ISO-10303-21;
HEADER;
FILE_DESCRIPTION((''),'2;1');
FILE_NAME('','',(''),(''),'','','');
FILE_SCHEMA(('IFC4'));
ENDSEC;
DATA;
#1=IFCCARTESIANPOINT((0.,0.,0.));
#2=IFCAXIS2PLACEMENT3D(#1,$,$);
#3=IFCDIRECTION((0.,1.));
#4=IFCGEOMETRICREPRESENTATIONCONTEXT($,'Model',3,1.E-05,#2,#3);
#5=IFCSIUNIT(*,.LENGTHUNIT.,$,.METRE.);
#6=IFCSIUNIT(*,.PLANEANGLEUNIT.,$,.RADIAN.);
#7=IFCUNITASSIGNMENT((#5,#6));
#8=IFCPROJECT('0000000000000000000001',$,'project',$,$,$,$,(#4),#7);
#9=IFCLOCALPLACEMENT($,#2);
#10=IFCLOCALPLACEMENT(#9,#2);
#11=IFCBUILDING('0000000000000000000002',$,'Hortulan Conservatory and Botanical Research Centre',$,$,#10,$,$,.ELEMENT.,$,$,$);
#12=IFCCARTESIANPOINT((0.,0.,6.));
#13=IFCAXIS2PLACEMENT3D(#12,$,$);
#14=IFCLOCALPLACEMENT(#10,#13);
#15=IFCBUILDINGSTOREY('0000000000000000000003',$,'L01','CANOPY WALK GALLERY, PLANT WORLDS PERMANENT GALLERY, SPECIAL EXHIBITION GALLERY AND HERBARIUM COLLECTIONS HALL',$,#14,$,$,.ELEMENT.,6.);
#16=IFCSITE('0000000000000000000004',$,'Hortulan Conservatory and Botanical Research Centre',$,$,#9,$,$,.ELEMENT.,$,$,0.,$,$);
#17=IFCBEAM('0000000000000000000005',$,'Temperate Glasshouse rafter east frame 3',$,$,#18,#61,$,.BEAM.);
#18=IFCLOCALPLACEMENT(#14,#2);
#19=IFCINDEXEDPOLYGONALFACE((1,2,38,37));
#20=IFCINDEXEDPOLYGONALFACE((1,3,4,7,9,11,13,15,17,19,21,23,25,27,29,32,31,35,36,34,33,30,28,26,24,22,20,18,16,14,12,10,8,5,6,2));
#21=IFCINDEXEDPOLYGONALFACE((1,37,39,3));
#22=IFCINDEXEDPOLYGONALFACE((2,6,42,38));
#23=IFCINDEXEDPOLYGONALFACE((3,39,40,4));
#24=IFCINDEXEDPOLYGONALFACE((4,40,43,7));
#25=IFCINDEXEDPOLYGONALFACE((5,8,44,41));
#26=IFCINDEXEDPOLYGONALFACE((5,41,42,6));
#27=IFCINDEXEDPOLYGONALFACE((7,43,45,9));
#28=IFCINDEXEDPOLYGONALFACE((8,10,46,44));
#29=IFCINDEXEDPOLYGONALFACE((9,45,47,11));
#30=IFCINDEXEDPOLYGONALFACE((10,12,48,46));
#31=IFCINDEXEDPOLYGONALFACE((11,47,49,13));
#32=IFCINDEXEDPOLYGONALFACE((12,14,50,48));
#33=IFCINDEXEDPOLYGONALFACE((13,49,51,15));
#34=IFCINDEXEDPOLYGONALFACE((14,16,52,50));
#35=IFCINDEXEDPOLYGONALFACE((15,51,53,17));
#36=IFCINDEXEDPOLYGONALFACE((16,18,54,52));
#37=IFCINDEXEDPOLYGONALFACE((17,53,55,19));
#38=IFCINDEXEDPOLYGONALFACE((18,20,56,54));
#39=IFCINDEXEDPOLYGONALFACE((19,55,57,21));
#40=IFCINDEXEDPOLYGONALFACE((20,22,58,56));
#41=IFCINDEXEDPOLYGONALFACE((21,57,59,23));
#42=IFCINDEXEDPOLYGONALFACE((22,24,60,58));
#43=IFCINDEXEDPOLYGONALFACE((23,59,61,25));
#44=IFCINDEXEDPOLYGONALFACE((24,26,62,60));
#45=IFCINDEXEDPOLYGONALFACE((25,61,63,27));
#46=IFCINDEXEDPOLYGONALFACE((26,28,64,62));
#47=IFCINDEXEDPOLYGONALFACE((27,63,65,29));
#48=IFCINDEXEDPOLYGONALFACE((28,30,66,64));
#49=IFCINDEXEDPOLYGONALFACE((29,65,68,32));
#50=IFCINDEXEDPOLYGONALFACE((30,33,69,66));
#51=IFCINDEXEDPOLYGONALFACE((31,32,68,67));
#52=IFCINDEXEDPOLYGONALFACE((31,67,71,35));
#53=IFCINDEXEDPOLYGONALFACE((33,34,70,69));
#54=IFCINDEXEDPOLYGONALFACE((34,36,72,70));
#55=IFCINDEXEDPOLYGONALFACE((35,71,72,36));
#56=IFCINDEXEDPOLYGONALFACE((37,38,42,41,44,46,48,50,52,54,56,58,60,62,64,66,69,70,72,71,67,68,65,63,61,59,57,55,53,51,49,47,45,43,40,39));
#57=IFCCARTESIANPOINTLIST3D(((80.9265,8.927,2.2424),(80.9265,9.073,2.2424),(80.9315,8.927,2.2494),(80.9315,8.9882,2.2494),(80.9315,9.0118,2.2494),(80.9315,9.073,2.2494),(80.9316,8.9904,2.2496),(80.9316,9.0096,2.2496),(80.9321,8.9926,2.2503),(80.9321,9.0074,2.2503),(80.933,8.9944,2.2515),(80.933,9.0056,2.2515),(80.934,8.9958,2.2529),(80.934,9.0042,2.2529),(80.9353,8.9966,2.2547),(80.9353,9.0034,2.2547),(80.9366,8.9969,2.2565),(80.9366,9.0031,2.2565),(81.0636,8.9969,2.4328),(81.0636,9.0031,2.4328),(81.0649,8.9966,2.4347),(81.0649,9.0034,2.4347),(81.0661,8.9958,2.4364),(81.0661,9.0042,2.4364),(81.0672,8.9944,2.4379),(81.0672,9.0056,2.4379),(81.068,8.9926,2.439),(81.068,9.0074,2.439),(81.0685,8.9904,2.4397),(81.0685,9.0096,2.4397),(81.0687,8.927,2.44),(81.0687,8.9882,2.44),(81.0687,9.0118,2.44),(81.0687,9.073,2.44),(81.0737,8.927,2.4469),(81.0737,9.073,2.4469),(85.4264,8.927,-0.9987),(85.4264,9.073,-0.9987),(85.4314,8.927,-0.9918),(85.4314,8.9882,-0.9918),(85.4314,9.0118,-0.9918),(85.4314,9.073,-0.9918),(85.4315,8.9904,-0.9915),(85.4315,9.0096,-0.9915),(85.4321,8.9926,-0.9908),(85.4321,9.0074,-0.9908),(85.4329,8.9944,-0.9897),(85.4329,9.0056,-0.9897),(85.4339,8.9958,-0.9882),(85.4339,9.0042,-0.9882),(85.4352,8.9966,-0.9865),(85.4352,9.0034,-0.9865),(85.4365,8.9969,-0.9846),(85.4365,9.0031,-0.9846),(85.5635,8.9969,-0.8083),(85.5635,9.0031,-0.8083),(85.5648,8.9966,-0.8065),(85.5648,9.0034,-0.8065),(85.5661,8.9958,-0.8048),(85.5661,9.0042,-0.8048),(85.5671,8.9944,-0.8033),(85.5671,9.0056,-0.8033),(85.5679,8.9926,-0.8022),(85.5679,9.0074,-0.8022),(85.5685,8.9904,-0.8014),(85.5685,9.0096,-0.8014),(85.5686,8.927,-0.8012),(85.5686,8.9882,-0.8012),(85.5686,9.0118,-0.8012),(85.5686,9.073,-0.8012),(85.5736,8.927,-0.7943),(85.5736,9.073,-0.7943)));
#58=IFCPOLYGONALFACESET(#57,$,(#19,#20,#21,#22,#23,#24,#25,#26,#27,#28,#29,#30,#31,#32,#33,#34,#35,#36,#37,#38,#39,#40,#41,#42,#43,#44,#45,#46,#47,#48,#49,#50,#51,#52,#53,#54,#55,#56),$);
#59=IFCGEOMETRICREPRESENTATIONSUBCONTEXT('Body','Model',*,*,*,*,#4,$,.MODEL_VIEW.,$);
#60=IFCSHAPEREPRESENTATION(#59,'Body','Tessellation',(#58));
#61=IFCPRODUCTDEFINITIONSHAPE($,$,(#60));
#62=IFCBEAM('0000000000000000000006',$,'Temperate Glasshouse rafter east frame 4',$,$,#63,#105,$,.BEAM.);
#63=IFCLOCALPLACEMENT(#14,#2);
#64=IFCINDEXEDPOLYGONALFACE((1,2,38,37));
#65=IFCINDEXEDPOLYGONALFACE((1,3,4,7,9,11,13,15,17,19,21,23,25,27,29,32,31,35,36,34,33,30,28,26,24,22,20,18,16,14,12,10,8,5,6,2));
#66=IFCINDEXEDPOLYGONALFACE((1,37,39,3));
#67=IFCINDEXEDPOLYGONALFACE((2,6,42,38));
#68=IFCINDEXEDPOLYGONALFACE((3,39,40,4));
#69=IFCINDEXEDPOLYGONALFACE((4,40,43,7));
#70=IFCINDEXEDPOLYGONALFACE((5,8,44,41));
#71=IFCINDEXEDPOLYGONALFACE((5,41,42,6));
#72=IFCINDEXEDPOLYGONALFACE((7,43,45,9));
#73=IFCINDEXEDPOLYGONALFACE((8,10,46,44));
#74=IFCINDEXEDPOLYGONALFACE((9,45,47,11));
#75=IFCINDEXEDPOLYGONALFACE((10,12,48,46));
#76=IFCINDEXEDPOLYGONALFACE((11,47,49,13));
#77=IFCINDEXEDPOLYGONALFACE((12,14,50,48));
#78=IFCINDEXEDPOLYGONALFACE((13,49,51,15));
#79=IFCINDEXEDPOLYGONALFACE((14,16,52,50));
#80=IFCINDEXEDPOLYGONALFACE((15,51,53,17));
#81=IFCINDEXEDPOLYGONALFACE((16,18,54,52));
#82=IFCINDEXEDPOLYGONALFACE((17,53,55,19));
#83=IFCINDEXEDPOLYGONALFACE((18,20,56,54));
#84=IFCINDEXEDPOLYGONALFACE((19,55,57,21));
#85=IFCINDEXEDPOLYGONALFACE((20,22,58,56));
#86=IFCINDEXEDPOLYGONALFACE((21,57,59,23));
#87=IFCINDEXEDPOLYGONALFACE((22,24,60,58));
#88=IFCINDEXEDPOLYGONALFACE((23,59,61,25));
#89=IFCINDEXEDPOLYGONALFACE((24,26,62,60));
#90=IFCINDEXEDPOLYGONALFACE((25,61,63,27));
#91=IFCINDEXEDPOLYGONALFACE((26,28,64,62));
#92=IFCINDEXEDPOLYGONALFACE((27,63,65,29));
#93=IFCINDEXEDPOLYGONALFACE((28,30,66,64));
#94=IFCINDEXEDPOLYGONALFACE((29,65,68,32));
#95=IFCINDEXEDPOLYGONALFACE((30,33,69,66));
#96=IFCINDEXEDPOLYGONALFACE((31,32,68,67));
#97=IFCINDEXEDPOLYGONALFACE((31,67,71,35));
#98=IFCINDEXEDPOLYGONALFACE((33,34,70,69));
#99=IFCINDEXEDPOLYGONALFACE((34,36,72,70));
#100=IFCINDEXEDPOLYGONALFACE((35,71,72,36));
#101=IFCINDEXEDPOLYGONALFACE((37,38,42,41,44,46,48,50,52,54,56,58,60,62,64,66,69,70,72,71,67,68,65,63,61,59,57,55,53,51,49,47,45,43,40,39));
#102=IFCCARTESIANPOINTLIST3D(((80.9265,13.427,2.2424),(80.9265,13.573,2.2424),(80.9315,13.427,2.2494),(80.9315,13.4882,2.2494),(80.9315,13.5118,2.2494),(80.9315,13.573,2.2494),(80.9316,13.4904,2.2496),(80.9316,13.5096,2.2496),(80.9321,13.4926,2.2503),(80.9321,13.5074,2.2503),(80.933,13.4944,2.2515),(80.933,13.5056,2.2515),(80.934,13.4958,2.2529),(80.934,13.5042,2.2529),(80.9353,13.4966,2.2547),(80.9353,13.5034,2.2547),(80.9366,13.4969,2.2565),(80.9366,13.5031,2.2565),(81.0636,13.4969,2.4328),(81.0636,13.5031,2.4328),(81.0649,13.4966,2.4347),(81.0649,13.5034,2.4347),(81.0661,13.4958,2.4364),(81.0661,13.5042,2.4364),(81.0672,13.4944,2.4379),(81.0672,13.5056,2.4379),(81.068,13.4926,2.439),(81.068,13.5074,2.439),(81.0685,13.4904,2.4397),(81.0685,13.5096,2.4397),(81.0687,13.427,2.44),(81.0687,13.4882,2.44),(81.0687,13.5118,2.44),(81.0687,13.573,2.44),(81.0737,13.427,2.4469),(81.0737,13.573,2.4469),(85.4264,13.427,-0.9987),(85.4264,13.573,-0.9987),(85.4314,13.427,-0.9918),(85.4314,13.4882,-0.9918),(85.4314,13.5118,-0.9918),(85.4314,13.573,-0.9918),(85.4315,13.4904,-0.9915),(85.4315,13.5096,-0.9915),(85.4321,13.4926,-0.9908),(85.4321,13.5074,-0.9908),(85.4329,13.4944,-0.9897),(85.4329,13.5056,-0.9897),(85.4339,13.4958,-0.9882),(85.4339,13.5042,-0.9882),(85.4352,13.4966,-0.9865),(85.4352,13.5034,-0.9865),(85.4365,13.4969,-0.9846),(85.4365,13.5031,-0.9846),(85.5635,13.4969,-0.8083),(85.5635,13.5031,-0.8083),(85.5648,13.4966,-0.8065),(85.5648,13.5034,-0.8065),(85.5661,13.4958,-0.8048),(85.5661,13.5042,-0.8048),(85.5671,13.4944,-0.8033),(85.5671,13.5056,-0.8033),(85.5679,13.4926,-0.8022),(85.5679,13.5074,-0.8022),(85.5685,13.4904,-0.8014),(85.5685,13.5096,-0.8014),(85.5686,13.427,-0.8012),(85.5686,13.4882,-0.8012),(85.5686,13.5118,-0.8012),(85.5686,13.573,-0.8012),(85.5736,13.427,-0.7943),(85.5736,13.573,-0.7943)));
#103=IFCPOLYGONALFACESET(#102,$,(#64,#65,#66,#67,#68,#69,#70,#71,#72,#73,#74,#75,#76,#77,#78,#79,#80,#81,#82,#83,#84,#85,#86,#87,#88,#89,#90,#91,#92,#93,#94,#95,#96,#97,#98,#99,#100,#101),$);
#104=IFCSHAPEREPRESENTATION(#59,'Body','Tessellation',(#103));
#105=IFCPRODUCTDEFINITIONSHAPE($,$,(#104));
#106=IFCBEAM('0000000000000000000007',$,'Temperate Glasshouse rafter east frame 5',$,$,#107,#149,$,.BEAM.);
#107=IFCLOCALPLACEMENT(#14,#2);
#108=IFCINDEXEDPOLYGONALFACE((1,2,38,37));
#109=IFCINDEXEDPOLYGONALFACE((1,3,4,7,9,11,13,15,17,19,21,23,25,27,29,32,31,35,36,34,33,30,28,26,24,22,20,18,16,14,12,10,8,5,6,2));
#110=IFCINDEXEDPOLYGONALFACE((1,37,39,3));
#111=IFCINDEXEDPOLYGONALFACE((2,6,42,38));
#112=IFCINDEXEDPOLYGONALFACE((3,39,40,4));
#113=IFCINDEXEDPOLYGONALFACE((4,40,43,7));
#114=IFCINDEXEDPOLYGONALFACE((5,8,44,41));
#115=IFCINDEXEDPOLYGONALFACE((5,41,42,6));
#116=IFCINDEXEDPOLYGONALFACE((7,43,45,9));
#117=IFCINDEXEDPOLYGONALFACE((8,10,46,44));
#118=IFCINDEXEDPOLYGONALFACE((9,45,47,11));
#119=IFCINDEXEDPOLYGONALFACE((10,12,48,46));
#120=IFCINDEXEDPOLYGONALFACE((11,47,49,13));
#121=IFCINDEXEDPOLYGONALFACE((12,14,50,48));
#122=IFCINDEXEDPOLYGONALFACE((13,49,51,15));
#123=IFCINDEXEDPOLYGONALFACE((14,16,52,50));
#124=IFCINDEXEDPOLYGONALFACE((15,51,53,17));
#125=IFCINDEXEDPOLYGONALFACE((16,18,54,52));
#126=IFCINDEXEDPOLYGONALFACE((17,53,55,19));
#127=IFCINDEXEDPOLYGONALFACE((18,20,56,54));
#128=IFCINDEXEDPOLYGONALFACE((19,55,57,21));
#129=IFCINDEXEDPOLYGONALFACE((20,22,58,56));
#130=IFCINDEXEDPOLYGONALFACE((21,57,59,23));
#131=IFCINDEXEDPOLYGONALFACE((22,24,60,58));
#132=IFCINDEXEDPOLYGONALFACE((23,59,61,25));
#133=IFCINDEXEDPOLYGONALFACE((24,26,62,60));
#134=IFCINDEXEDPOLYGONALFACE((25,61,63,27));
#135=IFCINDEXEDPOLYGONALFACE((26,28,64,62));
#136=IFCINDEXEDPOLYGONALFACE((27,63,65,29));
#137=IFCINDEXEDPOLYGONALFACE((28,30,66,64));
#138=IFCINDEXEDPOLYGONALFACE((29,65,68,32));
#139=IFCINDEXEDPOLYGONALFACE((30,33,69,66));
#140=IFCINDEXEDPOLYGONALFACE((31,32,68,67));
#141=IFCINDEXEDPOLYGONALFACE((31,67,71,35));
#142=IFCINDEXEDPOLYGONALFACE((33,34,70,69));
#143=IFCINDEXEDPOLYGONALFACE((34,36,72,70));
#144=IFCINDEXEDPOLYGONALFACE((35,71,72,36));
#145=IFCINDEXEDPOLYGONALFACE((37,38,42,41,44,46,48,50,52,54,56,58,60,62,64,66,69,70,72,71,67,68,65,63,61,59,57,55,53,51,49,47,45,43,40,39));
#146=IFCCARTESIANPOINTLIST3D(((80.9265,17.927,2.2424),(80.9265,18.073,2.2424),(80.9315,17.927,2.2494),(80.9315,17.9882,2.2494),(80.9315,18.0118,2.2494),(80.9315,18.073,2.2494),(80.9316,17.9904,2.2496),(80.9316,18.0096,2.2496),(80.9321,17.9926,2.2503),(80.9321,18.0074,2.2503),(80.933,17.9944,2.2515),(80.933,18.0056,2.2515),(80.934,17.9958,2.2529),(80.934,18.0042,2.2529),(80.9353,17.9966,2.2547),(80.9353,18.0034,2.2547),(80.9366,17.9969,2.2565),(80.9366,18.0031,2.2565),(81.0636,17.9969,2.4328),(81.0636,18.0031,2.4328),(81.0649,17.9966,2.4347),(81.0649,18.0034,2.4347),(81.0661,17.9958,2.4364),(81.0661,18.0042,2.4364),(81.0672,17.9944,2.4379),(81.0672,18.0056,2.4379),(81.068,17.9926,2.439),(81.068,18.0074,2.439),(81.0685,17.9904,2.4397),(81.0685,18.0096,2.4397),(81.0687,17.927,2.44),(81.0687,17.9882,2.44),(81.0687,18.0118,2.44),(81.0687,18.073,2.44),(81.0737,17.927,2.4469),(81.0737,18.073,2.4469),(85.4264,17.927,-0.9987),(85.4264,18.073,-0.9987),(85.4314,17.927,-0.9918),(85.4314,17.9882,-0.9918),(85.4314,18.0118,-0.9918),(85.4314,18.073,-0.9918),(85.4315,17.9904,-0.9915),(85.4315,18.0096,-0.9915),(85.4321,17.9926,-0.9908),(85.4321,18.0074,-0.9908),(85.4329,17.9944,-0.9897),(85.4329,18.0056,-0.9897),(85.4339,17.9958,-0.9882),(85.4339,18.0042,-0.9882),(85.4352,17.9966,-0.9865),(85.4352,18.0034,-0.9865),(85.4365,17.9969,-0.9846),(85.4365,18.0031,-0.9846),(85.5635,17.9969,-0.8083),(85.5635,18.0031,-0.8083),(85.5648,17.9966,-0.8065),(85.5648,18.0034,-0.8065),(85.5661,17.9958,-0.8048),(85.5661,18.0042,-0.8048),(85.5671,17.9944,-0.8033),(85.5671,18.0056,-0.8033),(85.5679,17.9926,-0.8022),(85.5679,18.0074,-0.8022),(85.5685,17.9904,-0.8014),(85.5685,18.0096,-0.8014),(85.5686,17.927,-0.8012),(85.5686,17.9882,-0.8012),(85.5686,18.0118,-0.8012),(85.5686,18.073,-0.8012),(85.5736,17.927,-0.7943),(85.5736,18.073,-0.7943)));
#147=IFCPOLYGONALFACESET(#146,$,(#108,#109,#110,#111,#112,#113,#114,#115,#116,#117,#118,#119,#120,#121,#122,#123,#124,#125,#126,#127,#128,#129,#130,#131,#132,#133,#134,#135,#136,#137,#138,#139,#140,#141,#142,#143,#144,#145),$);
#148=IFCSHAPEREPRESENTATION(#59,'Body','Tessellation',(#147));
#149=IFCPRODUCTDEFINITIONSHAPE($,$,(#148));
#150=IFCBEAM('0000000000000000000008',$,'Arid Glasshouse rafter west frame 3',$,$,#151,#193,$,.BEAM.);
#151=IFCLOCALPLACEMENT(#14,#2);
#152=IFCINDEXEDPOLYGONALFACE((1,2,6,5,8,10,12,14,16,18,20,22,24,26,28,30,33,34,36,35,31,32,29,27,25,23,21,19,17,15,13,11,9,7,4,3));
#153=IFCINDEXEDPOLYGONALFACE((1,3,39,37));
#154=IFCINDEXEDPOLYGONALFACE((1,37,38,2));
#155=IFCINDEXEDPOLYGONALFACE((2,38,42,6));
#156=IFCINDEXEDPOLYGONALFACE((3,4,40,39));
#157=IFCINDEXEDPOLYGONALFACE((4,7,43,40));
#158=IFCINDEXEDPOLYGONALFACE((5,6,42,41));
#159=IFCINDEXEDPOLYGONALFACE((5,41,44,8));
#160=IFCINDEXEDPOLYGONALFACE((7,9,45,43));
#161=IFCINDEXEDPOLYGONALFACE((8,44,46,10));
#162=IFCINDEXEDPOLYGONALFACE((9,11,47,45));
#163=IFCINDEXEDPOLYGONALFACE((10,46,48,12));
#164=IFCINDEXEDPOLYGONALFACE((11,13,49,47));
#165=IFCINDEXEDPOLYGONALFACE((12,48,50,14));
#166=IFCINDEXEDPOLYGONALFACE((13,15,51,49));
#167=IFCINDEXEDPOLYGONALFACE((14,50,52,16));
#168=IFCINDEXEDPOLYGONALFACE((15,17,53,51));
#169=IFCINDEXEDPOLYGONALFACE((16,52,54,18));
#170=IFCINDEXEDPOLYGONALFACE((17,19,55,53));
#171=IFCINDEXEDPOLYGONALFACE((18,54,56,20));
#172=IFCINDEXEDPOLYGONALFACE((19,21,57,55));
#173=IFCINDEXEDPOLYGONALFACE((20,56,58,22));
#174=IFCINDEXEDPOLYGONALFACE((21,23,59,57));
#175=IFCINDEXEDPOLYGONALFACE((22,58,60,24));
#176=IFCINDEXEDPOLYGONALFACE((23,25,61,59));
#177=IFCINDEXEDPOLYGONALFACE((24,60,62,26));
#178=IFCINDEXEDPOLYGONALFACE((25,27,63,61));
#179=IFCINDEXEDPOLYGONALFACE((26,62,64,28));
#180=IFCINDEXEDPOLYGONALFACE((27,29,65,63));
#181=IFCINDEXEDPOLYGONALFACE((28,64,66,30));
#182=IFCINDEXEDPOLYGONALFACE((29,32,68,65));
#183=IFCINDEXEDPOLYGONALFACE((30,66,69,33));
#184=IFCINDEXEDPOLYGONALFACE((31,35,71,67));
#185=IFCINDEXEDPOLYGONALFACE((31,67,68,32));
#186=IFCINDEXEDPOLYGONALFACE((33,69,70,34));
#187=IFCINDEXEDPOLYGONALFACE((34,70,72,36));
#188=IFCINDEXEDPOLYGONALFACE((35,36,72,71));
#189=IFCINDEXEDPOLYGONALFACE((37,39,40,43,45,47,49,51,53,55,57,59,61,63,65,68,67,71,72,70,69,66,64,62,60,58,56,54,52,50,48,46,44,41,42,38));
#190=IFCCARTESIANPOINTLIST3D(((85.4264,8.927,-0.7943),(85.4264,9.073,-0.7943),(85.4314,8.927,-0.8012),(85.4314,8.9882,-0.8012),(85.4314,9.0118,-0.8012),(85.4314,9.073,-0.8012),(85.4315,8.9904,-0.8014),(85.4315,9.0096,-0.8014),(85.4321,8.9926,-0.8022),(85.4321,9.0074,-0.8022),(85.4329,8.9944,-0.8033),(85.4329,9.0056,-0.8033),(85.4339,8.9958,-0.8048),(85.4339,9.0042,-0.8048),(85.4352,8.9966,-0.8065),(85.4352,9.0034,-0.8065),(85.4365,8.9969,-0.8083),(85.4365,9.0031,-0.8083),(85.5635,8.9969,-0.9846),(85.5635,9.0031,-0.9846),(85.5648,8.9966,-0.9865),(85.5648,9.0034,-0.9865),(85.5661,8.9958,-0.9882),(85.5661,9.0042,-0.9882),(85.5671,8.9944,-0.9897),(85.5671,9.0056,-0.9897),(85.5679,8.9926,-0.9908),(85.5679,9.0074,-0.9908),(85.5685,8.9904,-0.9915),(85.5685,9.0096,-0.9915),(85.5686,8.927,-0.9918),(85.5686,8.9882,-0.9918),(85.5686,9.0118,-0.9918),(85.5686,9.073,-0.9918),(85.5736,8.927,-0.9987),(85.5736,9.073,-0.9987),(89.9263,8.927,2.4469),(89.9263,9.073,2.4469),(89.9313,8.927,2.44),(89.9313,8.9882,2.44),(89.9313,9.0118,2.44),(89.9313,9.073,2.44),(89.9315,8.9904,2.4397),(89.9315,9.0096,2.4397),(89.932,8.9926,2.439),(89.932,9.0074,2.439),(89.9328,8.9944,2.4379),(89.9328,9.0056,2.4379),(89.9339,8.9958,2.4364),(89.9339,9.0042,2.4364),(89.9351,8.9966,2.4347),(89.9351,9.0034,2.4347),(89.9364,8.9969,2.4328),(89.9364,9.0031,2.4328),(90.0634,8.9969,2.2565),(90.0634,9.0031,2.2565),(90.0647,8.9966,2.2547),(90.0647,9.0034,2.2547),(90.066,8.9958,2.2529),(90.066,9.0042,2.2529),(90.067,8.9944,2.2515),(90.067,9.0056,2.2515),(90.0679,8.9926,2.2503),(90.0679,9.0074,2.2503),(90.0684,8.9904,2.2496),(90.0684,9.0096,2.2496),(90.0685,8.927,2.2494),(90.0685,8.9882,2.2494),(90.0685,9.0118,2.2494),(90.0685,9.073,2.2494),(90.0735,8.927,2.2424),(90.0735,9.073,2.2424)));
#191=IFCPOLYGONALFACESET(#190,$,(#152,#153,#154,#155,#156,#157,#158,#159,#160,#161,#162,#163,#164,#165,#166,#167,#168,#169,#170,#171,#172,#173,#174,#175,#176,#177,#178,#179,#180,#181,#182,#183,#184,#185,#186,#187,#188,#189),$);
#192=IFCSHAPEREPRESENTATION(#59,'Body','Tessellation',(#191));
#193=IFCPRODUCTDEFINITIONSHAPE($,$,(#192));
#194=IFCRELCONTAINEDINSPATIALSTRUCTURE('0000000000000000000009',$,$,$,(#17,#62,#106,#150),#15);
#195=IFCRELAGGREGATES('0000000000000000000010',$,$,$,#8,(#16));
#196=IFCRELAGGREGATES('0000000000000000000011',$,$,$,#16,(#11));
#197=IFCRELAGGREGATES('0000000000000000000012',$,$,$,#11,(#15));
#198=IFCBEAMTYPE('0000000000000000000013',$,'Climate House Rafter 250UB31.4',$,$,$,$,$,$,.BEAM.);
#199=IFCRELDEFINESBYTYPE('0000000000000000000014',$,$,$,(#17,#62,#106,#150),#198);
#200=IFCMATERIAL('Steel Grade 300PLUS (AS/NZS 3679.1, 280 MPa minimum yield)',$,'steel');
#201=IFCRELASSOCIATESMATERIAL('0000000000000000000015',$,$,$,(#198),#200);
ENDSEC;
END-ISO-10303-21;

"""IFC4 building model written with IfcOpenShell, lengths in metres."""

from ifc_helpers import new_model, si_unit, direction, frame, origin, origin_2d, place, context, subcontext, project, spatial, i_section, extrude, material, material_profile, profile_set, type_object, element, save


model = new_model("IFC4")

# Units and contexts
model_context = context("Model", 3, precision=1e-05, world=origin(), true_north=direction((0.0, 1.0)))
body_context = subcontext(model_context, "Body", "Model", "MODEL_VIEW")
ifc_project = project(units=[si_unit("LENGTHUNIT", "METRE"), si_unit("PLANEANGLEUNIT", "RADIAN")], contexts=[model_context])

# Site, building, storey
site_placement = place(None, origin())
site = spatial("IfcSite", under=ifc_project, at=site_placement, Name="Hortulan Conservatory and Botanical Research Centre", CompositionType="ELEMENT", RefElevation=0.0)
building_placement = place(site_placement, origin())
building = spatial("IfcBuilding", under=site, at=building_placement, Name="Hortulan Conservatory and Botanical Research Centre", CompositionType="ELEMENT")
storey_placement = place(building_placement, frame((0.0, 0.0, 6.0)))
storey = spatial("IfcBuildingStorey", under=building, at=storey_placement, Name="L01", Description="CANOPY WALK GALLERY, PLANT WORLDS PERMANENT GALLERY, SPECIAL EXHIBITION GALLERY AND HERBARIUM COLLECTIONS HALL", CompositionType="ELEMENT", Elevation=6.0)

# Beams
ifc_material_1 = material(Name="Steel Grade 300PLUS (AS/NZS 3679.1, 280 MPa minimum yield)", Category="steel")
ifc_material_profile_1 = material_profile(ifc_material_1, i_section(OverallWidth=0.146, OverallDepth=0.252, WebThickness=0.0061, FlangeThickness=0.0085, FilletRadius=0.0088, at=origin_2d()), Name="250UB31.4")
ifc_profile_set_1 = profile_set([ifc_material_profile_1], Name="Steel Grade 300PLUS (AS/NZS 3679.1, 280 MPa minimum yield)")
beam_type = type_object("IfcBeamType", Name="Climate House Rafter 250UB31.4", PredefinedType="BEAM", material=ifc_profile_set_1)
for number, where, z_axis, x_axis, name in (
    (1, (85.5, 9.0, -0.8965), (-0.811431, 0.0, 0.584449), (0.0, -1.0, 0.0), "Temperate Glasshouse rafter east frame 3"),
    (2, (85.5, 13.5, -0.8965), (-0.811431, 0.0, 0.584449), (0.0, -1.0, 0.0), "Temperate Glasshouse rafter east frame 4"),
    (3, (85.5, 18.0, -0.8965), (-0.811431, 0.0, 0.584449), (0.0, -1.0, 0.0), "Temperate Glasshouse rafter east frame 5"),
    (4, (85.5, 9.0, -0.8965), (0.811431, 0.0, 0.584449), (0.0, 1.0, 0.0), "Arid Glasshouse rafter west frame 3"),
):
    element("IfcBeam", number, at=place(storey_placement, frame(where, z_axis=z_axis, x_axis=x_axis)), inside=storey, type_object=beam_type, Name=name, PredefinedType="BEAM", context=body_context, shape_type="SweptSolid", body=[
        extrude(i_section(OverallWidth=0.146, OverallDepth=0.252, WebThickness=0.0061, FlangeThickness=0.0085, FilletRadius=0.0088, at=origin_2d()), origin(), (0.0, 0.0, 1.0), 5.5457),
    ])

save(model, "model.ifc")
